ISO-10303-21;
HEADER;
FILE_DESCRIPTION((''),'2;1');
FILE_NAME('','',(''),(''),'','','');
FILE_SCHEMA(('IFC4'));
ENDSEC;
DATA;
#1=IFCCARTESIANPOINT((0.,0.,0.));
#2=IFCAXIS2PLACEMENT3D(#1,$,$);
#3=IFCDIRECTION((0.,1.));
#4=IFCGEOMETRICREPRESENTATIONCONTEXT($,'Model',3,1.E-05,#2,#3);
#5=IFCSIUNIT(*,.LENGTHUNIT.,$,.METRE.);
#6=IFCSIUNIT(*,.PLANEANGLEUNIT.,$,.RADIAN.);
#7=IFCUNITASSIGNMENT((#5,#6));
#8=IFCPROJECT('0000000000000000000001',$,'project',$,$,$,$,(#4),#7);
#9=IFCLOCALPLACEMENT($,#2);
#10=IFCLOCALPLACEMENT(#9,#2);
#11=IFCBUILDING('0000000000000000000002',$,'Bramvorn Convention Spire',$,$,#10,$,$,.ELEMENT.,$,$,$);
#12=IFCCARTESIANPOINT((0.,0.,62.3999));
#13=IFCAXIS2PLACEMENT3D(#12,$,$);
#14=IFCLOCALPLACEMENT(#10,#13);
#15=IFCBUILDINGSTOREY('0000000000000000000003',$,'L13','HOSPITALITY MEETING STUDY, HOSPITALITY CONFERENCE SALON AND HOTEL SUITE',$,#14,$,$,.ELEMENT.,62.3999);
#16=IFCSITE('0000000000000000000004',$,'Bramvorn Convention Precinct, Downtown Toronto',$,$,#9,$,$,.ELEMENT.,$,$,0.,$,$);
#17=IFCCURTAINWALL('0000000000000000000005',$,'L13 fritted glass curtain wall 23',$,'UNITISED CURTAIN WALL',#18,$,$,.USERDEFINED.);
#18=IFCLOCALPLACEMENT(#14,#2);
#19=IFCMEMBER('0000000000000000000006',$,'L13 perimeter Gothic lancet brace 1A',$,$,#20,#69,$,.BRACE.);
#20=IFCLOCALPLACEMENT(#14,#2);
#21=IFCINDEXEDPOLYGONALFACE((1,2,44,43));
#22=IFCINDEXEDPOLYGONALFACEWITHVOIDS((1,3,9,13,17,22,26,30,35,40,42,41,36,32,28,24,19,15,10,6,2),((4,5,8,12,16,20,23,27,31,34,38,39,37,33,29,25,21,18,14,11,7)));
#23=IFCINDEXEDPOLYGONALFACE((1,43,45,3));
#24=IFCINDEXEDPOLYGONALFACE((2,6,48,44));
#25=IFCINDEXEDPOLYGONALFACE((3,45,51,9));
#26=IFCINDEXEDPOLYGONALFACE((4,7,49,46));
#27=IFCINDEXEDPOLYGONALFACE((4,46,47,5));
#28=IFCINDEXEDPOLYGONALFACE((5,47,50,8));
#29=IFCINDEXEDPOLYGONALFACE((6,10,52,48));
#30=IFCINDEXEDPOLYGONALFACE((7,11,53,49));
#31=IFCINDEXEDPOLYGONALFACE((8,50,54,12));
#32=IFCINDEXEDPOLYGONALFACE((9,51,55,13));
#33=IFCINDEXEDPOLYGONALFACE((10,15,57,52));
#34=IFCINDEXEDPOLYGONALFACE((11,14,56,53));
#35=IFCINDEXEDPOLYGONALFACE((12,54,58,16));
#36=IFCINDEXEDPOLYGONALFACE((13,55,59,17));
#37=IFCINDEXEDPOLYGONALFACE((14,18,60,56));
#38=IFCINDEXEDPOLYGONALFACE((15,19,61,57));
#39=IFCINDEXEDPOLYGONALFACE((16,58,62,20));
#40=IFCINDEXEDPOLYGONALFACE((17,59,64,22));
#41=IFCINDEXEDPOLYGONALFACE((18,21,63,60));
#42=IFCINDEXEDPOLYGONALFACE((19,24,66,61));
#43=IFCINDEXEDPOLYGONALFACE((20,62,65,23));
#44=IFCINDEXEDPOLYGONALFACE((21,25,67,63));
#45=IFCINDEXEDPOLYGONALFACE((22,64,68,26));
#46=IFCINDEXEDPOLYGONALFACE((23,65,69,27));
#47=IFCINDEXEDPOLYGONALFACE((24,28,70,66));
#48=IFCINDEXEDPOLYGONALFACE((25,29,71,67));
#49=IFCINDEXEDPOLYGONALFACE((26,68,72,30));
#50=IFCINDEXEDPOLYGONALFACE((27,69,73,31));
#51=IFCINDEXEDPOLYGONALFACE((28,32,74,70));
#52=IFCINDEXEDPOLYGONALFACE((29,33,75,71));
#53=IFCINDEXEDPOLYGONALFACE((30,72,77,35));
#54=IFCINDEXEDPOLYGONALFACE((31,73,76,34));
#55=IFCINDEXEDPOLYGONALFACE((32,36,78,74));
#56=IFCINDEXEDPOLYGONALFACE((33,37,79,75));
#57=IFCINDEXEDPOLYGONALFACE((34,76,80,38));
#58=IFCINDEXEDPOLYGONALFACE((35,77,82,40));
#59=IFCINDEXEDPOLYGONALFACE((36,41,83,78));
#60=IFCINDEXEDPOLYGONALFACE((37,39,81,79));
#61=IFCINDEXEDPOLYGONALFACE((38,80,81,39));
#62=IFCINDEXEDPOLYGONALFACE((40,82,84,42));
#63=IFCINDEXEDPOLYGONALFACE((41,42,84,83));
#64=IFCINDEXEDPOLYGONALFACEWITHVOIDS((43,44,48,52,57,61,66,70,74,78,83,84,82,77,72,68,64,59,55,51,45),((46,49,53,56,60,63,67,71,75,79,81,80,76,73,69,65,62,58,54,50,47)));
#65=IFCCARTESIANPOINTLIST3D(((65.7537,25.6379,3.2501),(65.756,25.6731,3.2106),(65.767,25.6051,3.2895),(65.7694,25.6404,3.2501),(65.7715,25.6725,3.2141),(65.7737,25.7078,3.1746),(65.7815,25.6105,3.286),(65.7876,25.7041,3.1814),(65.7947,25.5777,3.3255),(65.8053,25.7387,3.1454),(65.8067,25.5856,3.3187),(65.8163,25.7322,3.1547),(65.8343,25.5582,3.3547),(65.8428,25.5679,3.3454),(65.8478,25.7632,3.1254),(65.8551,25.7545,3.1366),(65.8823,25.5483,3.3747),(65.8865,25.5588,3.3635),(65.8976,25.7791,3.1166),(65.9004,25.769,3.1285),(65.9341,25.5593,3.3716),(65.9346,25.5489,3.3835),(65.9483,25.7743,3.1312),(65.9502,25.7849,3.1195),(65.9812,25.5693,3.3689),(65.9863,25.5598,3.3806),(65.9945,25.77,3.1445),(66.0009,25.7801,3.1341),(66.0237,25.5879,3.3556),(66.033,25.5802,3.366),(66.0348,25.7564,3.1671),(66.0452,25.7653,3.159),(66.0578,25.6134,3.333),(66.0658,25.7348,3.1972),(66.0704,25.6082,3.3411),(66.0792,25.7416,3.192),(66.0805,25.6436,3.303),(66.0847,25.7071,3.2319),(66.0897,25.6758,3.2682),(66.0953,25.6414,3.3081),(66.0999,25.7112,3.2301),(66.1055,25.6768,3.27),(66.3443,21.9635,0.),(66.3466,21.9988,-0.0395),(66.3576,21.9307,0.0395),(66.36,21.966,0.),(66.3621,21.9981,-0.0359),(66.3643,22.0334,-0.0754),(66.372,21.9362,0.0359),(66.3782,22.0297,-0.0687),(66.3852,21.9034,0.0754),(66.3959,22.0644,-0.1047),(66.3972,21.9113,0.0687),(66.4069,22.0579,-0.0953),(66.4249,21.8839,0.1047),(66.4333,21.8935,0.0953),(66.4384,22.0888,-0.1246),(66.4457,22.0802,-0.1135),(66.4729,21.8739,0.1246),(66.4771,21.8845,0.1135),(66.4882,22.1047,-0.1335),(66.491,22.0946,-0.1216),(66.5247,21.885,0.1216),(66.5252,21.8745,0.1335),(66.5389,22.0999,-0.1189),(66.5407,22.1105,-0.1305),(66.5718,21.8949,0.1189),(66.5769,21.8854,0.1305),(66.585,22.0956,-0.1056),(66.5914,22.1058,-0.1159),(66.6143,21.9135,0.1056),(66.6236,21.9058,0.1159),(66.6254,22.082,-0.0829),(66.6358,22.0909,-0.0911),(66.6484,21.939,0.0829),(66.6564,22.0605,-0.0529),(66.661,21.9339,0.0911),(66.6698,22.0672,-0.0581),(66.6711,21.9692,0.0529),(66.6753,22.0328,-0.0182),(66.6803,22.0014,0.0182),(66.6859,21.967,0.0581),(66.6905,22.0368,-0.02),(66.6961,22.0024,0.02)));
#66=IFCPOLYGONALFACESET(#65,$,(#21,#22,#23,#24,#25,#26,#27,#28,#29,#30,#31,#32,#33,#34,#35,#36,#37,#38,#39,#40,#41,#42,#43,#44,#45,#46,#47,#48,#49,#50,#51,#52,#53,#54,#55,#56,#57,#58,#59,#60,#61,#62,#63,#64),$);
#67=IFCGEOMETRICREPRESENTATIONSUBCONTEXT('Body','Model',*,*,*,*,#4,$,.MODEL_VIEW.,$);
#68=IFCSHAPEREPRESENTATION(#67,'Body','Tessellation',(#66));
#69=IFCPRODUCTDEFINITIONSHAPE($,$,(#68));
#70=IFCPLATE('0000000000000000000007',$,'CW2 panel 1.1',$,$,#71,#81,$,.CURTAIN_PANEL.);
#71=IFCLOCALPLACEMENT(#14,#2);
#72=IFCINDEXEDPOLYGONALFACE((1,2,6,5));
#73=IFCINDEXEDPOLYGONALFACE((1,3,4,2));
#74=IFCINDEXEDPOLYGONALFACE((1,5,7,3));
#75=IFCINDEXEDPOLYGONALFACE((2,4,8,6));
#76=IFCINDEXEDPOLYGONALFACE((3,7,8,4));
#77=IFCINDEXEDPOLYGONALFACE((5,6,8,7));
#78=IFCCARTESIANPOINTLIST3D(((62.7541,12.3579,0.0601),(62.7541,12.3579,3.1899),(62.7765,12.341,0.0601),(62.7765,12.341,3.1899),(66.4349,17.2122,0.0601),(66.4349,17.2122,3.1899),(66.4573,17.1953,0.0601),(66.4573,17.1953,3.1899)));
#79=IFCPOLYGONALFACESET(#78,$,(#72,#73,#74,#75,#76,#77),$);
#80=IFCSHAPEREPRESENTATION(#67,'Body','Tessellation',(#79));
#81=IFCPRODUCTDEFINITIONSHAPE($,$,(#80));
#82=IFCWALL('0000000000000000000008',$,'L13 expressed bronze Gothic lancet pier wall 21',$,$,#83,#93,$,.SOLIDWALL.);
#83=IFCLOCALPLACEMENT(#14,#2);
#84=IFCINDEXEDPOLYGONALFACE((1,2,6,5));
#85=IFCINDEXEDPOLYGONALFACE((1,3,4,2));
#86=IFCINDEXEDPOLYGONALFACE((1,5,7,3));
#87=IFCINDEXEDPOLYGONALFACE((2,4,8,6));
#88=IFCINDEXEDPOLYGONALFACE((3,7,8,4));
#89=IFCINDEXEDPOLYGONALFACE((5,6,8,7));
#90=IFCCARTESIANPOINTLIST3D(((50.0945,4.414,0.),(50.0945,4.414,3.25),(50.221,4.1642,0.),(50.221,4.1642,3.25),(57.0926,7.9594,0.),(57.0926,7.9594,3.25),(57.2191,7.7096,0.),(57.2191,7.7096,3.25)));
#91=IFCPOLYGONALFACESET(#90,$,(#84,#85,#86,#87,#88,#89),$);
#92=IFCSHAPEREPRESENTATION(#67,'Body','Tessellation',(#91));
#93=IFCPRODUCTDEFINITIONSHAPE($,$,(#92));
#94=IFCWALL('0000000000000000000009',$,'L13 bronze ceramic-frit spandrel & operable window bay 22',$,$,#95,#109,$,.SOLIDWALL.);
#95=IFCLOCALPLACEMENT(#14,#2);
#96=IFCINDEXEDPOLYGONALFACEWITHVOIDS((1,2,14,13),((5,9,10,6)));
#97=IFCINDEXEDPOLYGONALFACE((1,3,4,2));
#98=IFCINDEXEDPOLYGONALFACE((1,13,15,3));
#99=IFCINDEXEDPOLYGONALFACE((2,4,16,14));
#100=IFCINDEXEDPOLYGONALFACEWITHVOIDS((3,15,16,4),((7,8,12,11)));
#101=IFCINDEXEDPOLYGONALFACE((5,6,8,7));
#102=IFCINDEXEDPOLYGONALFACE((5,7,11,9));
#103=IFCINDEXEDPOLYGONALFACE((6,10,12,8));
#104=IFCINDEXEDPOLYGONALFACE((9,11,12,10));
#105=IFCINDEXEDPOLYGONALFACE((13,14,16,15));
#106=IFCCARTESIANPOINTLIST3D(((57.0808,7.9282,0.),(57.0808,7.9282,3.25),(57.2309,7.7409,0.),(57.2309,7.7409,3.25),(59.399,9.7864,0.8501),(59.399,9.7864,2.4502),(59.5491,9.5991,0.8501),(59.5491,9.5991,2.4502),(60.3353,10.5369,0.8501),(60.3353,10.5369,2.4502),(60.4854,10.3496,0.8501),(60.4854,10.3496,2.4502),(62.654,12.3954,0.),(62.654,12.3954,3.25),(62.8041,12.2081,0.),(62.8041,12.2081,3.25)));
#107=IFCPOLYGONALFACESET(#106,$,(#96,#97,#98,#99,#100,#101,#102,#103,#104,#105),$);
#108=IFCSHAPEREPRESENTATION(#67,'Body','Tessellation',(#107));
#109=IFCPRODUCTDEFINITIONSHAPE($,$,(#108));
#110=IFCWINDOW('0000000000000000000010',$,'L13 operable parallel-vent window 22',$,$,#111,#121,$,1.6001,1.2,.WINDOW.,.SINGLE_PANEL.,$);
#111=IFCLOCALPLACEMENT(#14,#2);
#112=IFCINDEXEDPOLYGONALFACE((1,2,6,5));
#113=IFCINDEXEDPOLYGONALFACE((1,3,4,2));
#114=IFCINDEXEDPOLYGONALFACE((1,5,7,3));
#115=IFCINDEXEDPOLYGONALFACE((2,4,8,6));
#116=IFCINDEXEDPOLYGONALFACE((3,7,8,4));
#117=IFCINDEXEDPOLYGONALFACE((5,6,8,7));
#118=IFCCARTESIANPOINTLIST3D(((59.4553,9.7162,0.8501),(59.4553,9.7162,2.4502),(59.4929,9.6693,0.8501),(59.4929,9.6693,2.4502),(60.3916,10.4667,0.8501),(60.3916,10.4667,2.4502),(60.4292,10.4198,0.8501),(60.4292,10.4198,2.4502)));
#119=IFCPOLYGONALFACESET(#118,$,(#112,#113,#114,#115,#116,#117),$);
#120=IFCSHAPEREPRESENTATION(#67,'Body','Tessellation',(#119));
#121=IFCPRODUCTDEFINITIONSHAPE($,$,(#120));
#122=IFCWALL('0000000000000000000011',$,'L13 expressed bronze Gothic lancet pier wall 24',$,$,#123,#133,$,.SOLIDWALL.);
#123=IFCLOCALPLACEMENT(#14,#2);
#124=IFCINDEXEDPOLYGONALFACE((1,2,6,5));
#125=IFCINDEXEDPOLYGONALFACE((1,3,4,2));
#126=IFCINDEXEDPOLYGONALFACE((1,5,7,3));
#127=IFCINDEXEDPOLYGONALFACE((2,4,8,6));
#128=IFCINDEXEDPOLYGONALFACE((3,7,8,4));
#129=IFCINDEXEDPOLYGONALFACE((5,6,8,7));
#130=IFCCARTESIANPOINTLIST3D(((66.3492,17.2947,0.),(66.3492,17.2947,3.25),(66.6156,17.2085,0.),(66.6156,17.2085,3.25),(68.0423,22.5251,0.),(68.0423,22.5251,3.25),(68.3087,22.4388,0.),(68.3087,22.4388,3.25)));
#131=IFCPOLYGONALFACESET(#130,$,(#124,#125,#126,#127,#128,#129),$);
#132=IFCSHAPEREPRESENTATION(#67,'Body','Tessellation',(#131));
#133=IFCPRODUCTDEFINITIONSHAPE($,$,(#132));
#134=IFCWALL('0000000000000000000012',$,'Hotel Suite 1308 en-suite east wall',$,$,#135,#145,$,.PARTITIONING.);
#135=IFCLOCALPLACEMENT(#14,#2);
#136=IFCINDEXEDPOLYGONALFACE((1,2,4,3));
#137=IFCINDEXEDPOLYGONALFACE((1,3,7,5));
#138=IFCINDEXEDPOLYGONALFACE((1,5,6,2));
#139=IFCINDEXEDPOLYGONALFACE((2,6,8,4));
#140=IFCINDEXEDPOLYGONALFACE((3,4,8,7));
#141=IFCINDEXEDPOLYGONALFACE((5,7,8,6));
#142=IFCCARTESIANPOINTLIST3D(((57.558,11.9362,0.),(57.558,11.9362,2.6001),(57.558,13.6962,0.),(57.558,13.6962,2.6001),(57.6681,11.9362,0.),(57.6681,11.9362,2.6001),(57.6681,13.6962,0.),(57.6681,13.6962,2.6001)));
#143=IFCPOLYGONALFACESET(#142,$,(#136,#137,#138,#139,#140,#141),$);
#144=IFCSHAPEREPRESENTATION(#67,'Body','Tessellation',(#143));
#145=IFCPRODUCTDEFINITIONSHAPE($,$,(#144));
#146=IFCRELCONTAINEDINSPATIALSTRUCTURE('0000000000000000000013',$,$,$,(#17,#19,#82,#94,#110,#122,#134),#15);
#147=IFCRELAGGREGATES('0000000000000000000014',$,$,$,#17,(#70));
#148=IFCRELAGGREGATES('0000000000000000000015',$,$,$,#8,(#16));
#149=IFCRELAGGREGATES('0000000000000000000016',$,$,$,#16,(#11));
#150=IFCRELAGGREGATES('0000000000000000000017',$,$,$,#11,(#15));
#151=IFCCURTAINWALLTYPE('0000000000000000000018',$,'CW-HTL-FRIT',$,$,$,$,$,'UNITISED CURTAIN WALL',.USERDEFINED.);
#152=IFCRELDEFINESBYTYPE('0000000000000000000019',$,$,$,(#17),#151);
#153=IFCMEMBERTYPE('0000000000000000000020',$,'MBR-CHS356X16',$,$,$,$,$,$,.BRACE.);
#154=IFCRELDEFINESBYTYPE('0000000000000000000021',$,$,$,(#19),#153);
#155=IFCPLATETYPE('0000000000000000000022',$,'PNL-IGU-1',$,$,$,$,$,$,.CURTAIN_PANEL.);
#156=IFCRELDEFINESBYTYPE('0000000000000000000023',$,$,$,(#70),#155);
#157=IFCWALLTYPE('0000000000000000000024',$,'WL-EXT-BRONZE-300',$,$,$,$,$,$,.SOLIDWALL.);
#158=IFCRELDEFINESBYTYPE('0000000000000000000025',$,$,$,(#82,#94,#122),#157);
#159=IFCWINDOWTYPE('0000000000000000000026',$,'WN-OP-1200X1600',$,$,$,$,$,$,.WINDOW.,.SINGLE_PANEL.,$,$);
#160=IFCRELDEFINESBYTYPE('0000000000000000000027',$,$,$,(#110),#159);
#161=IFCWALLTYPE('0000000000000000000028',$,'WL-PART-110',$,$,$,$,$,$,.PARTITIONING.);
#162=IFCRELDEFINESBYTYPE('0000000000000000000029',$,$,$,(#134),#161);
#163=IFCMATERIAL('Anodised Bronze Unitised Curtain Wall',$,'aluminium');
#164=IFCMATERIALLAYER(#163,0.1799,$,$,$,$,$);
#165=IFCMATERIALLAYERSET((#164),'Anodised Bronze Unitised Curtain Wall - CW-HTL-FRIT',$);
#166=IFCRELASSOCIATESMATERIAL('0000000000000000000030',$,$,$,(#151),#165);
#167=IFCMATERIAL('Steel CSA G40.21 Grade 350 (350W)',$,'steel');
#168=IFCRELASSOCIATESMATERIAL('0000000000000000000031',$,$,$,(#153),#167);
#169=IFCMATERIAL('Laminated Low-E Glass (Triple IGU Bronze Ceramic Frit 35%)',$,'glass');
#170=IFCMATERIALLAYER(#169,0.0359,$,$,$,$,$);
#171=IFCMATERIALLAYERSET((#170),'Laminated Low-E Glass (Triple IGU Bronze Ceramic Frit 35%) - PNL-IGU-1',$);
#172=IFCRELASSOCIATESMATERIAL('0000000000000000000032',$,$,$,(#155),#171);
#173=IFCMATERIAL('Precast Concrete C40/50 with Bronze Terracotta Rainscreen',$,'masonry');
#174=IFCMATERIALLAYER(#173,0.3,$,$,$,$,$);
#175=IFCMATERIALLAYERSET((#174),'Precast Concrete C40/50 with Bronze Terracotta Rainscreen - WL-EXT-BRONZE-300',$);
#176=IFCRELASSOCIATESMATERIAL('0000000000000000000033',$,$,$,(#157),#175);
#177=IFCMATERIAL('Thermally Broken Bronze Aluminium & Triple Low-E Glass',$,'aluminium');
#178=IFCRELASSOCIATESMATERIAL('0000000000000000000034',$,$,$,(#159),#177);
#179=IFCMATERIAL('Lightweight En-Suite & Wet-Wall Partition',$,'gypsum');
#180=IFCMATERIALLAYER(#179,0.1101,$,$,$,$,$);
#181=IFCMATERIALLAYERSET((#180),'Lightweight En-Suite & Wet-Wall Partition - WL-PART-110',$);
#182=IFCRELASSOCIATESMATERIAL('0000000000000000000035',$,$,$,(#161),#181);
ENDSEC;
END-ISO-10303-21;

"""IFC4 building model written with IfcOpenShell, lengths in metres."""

from ifc_helpers import new_model, si_unit, direction, frame, frame_2d, origin, origin_2d, place, context, subcontext, project, spatial, rectangle, hollow_circle, extrude, material, layer, layer_set, material_profile, profile_set, type_object, element, fill, aggregate, save


model = new_model("IFC4")

# Units and contexts
model_context = context("Model", 3, precision=1e-05, world=origin(), true_north=direction((0.0, 1.0)))
body_context = subcontext(model_context, "Body", "Model", "MODEL_VIEW")
ifc_project = project(units=[si_unit("LENGTHUNIT", "METRE"), si_unit("PLANEANGLEUNIT", "RADIAN")], contexts=[model_context])

# Site, building, storey
site_placement = place(None, origin())
site = spatial("IfcSite", under=ifc_project, at=site_placement, Name="Bramvorn Convention Precinct, Downtown Toronto", CompositionType="ELEMENT", RefElevation=0.0)
building_placement = place(site_placement, origin())
building = spatial("IfcBuilding", under=site, at=building_placement, Name="Bramvorn Convention Spire", CompositionType="ELEMENT")
storey_placement = place(building_placement, frame((0.0, 0.0, 62.3999)))
storey = spatial("IfcBuildingStorey", under=building, at=storey_placement, Name="L13", Description="HOSPITALITY MEETING STUDY, HOSPITALITY CONFERENCE SALON AND HOTEL SUITE", CompositionType="ELEMENT", Elevation=62.3999)

# Shared definitions
ifc_material_1 = material(Name="Steel CSA G40.21 Grade 350 (350W)", Category="steel")

# Curtain wall
ifc_material_2 = material(Name="Anodised Bronze Unitised Curtain Wall", Category="aluminium")
ifc_layer_1 = layer(ifc_material_2, 0.1799)
ifc_layer_set_1 = layer_set([ifc_layer_1], Name="Anodised Bronze Unitised Curtain Wall - CW-HTL-FRIT")
curtain_wall_type = type_object("IfcCurtainWallType", Name="CW-HTL-FRIT", ElementType="UNITISED CURTAIN WALL", PredefinedType="USERDEFINED", material=ifc_layer_set_1)
curtain_wall_placement = place(storey_placement, origin())
curtain_wall = element("IfcCurtainWall", 1, at=curtain_wall_placement, inside=storey, type_object=curtain_wall_type, Name="L13 fritted glass curtain wall 23", ObjectType="UNITISED CURTAIN WALL", PredefinedType="USERDEFINED")

# Member
ifc_material_profile_1 = material_profile(ifc_material_1, hollow_circle(Radius=0.1777, WallThickness=0.0159, at=origin_2d()))
ifc_profile_set_1 = profile_set([ifc_material_profile_1], Name="Steel CSA G40.21 Grade 350 (350W) - CHS356X16")
member_type_1 = type_object("IfcMemberType", Name="MBR-CHS356X16", PredefinedType="BRACE", material=ifc_profile_set_1)
member_1_placement = place(storey_placement, frame((66.5198, 21.9917, 0.0), z_axis=(-0.11953, 0.743663, 0.657783), x_axis=(-0.987328, -0.158694, 0.0)))
element("IfcMember", 2, at=member_1_placement, inside=storey, type_object=member_type_1, Name="L13 perimeter Gothic lancet brace 1A", PredefinedType="BRACE", context=body_context, shape_type="SweptSolid", body=[
    extrude(hollow_circle(Radius=0.1777, WallThickness=0.0159, at=origin_2d()), origin(), (0.0, 0.0, 1.0), 4.9409),
])

# Plate
ifc_material_3 = material(Name="Laminated Low-E Glass (Triple IGU Bronze Ceramic Frit 35%)", Category="glass")
ifc_layer_2 = layer(ifc_material_3, 0.0359)
ifc_layer_set_2 = layer_set([ifc_layer_2], Name="Laminated Low-E Glass (Triple IGU Bronze Ceramic Frit 35%) - PNL-IGU-1")
plate_type = type_object("IfcPlateType", Name="PNL-IGU-1", PredefinedType="CURTAIN_PANEL", material=ifc_layer_set_2)
plate_placement = place(storey_placement, frame((64.6057, 14.7766, 0.0601), z_axis=(0.0, 0.0, 1.0), x_axis=(-0.604205, -0.796829, 0.0)))
plate = element("IfcPlate", 3, at=plate_placement, type_object=plate_type, Name="CW2 panel 1.1", PredefinedType="CURTAIN_PANEL", context=body_context, shape_type="SweptSolid", body=[
    extrude(rectangle(XDim=6.092, YDim=0.0281, at=origin_2d()), origin(), (0.0, 0.0, 1.0), 3.1299),
])
aggregate(curtain_wall, [plate])

# Wall
ifc_material_4 = material(Name="Precast Concrete C40/50 with Bronze Terracotta Rainscreen", Category="masonry")
ifc_layer_3 = layer(ifc_material_4, 0.3)
ifc_layer_set_3 = layer_set([ifc_layer_3], Name="Precast Concrete C40/50 with Bronze Terracotta Rainscreen - WL-EXT-BRONZE-300")
wall_type_1 = type_object("IfcWallType", Name="WL-EXT-BRONZE-300", PredefinedType="SOLIDWALL", material=ifc_layer_set_3)
wall_1_placement = place(storey_placement, frame((57.1558, 7.8345, 0.0), z_axis=(0.0, 0.0, 1.0), x_axis=(-0.892049, -0.451938, 0.0)))
element("IfcWall", 4, at=wall_1_placement, inside=storey, type_object=wall_type_1, Name="L13 expressed bronze Gothic lancet pier wall 21", PredefinedType="SOLIDWALL", context=body_context, shape_type="SweptSolid", body=[
    extrude(rectangle(XDim=7.845, YDim=0.28, at=frame_2d((3.9224, 0.0))), origin(), (0.0, 0.0, 1.0), 3.25),
])

# Wall, opening, window
wall_2_placement = place(storey_placement, frame((62.729, 12.3018, 0.0), z_axis=(0.0, 0.0, 1.0), x_axis=(-0.780275, -0.625437, 0.0)))
wall_2 = element("IfcWall", 5, at=wall_2_placement, inside=storey, type_object=wall_type_1, Name="L13 bronze ceramic-frit spandrel & operable window bay 22", PredefinedType="SOLIDWALL", context=body_context, shape_type="SweptSolid", body=[
    extrude(rectangle(XDim=7.1426, YDim=0.24, at=frame_2d((3.5713, 0.0))), origin(), (0.0, 0.0, 1.0), 3.25),
])
opening_placement = place(wall_2_placement, frame((2.9714, 0.0, 0.8501)))
opening = element("IfcOpeningElement", 6, at=opening_placement, cuts=wall_2, PredefinedType="OPENING", context=body_context, shape_type="SweptSolid", body=[
    extrude(rectangle(XDim=1.2, YDim=1.6001, at=frame_2d((0.6001, 0.8))), frame((0.0, 0.1299, 0.0), z_axis=(0.0, -1.0, 0.0), x_axis=(1.0, 0.0, 0.0)), (0.0, 0.0, 1.0), 0.26),
])
ifc_material_5 = material(Name="Thermally Broken Bronze Aluminium & Triple Low-E Glass", Category="aluminium")
window_type = type_object("IfcWindowType", Name="WN-OP-1200X1600", PartitioningType="SINGLE_PANEL", PredefinedType="WINDOW", material=ifc_material_5)
window_placement = place(opening_placement, origin())
window = element("IfcWindow", 7, at=window_placement, inside=storey, type_object=window_type, Name="L13 operable parallel-vent window 22", OverallHeight=1.6001, OverallWidth=1.2, PartitioningType="SINGLE_PANEL", PredefinedType="WINDOW", context=body_context, shape_type="SweptSolid", body=[
    extrude(rectangle(XDim=1.2, YDim=1.6001, at=frame_2d((0.6001, 0.8))), frame((0.0, 0.03, 0.0), z_axis=(0.0, -1.0, 0.0), x_axis=(1.0, 0.0, 0.0)), (0.0, 0.0, 1.0), 0.0601),
])
fill(opening, window)

# Walls
wall_3_placement = place(storey_placement, frame((68.1755, 22.4819, 0.0), z_axis=(0.0, 0.0, 1.0), x_axis=(-0.307982, -0.951392, 0.0)))
element("IfcWall", 8, at=wall_3_placement, inside=storey, type_object=wall_type_1, Name="L13 expressed bronze Gothic lancet pier wall 24", PredefinedType="SOLIDWALL", context=body_context, shape_type="SweptSolid", body=[
    extrude(rectangle(XDim=5.4976, YDim=0.28, at=frame_2d((2.7488, 0.0))), origin(), (0.0, 0.0, 1.0), 3.25),
])
ifc_material_6 = material(Name="Lightweight En-Suite & Wet-Wall Partition", Category="gypsum")
ifc_layer_4 = layer(ifc_material_6, 0.1101)
ifc_layer_set_4 = layer_set([ifc_layer_4], Name="Lightweight En-Suite & Wet-Wall Partition - WL-PART-110")
wall_type_2 = type_object("IfcWallType", Name="WL-PART-110", PredefinedType="PARTITIONING", material=ifc_layer_set_4)
wall_4_placement = place(storey_placement, frame((57.613, 11.9363, 0.0), z_axis=(0.0, 0.0, 1.0), x_axis=(0.0, 1.0, 0.0)))
element("IfcWall", 9, at=wall_4_placement, inside=storey, type_object=wall_type_2, Name="Hotel Suite 1308 en-suite east wall", PredefinedType="PARTITIONING", context=body_context, shape_type="SweptSolid", body=[
    extrude(rectangle(XDim=1.76, YDim=0.1101, at=frame_2d((0.8799, 0.0))), origin(), (0.0, 0.0, 1.0), 2.6001),
])

save(model, "model.ifc")
